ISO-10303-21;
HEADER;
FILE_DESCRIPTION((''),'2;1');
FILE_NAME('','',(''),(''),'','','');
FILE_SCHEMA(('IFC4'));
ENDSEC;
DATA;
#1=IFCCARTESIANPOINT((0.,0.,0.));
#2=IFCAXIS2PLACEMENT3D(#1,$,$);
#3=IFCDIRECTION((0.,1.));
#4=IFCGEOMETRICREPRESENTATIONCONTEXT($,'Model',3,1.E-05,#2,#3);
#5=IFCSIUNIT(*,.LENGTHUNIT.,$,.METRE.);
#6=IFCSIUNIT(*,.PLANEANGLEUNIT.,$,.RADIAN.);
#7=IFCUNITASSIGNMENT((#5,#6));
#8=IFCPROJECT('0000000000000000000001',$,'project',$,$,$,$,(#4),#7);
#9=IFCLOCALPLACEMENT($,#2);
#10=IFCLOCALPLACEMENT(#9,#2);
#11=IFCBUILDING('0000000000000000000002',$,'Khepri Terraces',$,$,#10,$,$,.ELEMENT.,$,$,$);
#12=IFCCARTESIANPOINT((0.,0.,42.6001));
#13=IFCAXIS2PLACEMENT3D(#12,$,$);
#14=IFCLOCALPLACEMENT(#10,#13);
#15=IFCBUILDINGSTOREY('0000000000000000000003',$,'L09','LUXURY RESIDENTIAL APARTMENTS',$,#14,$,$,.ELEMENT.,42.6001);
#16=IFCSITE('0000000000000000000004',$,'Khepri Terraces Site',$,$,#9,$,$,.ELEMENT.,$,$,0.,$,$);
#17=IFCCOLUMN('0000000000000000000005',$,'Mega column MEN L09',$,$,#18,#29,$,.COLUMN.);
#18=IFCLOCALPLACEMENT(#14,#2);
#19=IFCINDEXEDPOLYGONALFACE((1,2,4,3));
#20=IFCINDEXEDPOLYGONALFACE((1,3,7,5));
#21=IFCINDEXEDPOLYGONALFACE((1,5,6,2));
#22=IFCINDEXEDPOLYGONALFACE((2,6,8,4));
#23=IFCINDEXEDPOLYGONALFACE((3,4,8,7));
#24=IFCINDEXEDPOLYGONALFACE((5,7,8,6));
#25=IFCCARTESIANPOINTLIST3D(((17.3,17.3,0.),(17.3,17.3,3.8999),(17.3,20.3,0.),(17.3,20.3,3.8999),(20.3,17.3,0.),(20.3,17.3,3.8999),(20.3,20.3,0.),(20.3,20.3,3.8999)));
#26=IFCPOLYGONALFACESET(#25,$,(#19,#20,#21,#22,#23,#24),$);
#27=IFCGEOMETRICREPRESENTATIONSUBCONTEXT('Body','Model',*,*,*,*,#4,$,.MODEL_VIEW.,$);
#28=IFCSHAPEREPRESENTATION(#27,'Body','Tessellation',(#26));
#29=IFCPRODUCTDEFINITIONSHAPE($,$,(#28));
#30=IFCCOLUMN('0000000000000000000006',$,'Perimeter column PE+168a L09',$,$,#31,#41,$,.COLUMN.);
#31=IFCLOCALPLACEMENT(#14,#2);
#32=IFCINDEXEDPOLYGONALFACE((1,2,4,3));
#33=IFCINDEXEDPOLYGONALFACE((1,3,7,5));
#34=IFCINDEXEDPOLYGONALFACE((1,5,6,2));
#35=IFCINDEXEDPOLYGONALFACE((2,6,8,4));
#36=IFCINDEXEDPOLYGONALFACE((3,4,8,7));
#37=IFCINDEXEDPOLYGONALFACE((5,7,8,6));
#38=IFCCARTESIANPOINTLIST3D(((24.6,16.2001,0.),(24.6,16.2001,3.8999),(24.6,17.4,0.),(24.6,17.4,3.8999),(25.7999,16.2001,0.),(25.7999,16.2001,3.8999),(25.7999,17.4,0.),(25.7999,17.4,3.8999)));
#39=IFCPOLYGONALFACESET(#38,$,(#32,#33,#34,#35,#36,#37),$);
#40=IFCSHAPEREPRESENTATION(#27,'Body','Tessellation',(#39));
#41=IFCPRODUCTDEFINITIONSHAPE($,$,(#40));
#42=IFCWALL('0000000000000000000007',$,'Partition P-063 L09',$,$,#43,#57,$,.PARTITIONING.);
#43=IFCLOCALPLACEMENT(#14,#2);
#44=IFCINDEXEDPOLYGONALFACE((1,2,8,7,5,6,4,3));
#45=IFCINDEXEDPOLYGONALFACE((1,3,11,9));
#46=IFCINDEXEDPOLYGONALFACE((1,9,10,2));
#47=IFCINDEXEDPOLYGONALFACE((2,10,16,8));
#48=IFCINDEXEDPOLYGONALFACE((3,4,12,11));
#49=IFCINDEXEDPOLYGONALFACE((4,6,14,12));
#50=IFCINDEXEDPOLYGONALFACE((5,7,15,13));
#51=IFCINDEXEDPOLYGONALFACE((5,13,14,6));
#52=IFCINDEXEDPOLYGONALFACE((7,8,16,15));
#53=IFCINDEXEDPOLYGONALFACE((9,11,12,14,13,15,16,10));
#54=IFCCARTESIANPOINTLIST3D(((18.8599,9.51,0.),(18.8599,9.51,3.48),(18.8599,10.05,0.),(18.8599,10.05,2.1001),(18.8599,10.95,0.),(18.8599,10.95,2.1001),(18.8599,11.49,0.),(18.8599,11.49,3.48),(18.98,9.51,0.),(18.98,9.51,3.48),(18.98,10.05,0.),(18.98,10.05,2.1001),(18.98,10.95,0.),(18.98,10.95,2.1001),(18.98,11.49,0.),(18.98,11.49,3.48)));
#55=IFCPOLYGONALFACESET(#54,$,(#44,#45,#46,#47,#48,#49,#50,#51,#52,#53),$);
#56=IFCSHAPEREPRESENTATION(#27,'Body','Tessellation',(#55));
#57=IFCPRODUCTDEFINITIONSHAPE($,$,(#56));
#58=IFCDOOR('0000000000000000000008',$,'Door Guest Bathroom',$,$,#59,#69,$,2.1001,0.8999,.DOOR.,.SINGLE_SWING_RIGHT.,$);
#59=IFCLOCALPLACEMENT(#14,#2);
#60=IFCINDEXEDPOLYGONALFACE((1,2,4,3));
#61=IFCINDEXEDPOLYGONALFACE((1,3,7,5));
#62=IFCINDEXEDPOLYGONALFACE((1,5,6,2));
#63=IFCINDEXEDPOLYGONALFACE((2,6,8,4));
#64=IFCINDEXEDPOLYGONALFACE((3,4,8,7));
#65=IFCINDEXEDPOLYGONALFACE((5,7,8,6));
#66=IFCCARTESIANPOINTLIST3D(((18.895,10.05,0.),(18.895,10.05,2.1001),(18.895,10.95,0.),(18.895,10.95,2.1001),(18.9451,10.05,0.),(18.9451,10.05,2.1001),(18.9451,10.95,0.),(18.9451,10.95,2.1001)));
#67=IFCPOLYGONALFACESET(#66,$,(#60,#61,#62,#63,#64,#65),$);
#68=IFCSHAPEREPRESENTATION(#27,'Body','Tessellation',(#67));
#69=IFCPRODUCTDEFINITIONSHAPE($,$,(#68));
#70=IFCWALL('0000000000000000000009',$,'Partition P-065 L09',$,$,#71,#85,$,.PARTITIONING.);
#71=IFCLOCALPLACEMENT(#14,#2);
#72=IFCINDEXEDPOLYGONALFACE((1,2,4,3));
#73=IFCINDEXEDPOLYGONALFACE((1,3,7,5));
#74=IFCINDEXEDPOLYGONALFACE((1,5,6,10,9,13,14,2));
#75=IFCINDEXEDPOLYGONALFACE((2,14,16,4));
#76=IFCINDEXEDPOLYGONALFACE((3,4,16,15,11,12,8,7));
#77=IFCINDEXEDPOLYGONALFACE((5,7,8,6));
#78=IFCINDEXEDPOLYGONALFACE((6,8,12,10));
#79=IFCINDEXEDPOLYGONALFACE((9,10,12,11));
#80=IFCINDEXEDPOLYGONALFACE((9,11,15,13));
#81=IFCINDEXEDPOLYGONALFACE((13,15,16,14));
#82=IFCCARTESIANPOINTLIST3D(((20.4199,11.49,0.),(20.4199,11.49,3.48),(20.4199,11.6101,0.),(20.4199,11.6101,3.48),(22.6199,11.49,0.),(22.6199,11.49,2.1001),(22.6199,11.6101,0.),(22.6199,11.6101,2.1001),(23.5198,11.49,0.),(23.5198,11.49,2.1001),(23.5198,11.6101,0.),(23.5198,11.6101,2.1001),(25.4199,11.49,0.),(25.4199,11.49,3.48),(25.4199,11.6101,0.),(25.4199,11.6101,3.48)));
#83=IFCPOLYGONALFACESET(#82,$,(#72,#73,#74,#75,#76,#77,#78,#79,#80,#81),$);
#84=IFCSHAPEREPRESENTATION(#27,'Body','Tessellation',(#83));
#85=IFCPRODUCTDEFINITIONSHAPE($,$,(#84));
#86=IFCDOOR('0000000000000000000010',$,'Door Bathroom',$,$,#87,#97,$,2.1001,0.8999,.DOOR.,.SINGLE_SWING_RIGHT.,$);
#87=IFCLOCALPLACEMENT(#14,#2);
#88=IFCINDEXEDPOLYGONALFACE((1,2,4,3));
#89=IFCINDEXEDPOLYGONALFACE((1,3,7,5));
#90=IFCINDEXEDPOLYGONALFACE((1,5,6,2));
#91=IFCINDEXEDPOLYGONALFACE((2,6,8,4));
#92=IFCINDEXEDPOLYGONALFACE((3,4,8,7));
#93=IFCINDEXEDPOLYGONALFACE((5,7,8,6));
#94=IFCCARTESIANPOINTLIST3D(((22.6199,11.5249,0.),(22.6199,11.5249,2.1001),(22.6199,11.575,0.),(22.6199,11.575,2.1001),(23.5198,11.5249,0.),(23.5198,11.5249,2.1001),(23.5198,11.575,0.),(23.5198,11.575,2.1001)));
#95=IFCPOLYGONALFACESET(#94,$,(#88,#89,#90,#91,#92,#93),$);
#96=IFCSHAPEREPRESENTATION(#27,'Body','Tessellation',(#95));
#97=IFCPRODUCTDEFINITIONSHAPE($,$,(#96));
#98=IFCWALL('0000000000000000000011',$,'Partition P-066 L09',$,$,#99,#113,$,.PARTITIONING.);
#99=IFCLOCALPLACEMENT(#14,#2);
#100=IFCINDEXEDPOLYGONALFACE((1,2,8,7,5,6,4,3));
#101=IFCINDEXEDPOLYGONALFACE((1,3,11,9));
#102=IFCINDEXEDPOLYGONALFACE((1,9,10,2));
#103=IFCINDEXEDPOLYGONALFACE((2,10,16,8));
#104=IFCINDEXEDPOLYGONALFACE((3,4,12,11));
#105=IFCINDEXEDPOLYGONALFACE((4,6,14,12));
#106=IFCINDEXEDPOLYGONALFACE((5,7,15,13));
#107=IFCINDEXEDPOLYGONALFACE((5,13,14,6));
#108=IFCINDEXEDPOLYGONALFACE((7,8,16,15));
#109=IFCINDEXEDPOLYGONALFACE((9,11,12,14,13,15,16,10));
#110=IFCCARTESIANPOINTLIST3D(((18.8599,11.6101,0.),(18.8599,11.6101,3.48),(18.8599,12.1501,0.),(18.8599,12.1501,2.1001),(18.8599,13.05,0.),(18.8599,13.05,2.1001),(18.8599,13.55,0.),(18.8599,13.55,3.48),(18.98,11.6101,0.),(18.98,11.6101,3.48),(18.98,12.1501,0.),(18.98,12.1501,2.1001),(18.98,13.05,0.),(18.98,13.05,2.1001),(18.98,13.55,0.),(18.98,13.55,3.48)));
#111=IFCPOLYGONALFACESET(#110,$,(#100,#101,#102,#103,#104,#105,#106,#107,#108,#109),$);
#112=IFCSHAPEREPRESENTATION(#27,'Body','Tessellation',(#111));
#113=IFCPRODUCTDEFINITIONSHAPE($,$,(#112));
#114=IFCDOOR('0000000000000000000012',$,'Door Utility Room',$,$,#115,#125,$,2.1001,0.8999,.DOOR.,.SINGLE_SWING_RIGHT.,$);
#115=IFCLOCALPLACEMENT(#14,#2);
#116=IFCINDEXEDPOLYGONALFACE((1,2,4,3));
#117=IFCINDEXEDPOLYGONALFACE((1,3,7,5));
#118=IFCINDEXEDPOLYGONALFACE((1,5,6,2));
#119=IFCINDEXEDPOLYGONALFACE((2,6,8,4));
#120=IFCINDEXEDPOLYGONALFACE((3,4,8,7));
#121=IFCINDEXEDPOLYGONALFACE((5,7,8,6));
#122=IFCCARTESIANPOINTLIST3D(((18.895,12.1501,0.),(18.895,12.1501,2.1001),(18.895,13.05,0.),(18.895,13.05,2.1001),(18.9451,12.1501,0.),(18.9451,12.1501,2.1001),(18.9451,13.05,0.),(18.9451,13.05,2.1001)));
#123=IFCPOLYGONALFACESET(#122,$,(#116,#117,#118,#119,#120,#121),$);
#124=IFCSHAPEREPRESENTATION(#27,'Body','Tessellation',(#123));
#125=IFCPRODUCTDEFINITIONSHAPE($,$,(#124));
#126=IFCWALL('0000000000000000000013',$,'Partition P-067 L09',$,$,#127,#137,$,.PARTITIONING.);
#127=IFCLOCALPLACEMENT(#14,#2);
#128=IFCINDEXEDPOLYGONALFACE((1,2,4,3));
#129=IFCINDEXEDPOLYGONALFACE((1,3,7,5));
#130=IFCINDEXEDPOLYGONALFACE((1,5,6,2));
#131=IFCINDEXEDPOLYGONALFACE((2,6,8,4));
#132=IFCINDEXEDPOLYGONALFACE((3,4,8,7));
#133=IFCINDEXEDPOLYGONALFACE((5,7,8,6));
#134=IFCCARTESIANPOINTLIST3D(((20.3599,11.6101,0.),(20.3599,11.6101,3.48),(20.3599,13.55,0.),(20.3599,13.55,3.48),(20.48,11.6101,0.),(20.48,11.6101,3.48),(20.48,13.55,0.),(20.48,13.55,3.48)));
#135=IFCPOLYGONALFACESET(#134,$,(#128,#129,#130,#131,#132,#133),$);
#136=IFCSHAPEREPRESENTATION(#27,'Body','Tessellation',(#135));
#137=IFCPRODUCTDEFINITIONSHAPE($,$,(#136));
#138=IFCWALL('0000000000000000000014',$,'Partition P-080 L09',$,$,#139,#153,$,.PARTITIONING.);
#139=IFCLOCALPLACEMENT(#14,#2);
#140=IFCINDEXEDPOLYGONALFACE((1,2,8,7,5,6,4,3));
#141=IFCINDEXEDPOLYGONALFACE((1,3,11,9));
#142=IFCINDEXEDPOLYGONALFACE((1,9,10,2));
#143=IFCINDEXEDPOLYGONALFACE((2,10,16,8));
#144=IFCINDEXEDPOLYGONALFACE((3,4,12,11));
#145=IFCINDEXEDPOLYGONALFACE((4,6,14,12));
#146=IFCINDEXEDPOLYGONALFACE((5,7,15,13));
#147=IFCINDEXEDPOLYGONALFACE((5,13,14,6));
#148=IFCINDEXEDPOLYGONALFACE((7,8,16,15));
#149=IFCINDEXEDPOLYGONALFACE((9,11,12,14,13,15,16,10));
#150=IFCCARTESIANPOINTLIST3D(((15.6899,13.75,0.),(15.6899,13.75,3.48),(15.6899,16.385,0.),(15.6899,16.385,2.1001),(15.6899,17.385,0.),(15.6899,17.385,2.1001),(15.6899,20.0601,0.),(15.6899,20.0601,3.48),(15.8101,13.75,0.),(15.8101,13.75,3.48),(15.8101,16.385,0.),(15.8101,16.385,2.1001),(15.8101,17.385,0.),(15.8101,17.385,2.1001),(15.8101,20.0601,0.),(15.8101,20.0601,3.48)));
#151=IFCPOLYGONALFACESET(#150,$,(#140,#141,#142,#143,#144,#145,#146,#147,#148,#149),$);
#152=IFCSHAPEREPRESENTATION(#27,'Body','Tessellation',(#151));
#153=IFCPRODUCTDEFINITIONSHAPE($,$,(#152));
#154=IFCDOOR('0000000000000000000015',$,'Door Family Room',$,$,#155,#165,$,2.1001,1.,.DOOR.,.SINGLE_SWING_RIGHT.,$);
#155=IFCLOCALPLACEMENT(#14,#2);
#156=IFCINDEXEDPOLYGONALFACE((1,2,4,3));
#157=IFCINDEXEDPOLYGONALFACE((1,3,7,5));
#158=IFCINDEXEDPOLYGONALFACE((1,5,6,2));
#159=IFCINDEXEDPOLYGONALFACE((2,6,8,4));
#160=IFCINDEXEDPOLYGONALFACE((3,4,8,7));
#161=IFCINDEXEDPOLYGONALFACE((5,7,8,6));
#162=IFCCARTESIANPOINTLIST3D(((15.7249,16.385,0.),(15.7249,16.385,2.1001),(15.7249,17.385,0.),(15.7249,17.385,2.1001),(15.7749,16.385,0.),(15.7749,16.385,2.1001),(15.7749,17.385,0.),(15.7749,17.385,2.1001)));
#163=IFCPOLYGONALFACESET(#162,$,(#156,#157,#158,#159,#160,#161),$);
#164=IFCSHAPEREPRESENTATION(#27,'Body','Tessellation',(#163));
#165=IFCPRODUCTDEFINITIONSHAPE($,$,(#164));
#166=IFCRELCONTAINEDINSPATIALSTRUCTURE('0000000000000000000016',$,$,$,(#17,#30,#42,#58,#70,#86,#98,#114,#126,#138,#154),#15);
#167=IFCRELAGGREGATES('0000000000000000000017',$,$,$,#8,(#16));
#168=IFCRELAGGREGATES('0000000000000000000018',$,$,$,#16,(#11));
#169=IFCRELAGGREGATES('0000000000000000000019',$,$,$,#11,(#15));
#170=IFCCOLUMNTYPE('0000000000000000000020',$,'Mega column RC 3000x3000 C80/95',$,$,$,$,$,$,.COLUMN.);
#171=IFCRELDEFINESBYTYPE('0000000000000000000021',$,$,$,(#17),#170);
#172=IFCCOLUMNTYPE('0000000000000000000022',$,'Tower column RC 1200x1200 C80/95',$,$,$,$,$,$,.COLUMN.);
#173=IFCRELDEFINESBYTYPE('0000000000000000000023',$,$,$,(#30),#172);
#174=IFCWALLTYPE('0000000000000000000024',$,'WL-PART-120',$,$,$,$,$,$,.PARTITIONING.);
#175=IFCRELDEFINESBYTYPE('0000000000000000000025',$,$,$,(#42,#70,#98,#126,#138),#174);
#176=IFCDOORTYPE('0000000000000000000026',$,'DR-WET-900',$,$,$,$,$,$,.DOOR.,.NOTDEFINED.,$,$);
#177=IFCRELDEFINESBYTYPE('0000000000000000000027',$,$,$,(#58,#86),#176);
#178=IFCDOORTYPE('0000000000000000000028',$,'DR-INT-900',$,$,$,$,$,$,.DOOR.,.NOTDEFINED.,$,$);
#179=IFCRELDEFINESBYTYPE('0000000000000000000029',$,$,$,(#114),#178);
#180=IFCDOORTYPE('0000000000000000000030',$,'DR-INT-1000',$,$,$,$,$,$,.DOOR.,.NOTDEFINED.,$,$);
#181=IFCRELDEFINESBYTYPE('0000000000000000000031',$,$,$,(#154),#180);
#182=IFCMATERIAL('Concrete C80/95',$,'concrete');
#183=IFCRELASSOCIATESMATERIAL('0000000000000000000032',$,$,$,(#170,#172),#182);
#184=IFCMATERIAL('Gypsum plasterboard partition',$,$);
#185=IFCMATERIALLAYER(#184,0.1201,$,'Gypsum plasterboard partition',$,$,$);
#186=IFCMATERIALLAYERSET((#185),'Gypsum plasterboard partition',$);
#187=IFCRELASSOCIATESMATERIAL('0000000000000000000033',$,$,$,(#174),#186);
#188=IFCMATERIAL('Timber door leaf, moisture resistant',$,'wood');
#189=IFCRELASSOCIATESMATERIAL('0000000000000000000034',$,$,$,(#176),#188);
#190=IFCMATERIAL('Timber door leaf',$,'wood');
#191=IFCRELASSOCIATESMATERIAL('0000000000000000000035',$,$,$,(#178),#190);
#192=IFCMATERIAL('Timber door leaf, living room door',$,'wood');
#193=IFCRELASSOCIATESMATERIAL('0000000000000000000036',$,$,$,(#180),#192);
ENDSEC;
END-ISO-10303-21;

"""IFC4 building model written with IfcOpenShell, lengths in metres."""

from ifc_helpers import new_model, si_unit, direction, frame, frame_2d, origin, origin_2d, place, context, subcontext, project, spatial, rectangle, extrude, material, layer, layer_set, material_profile, profile_set, type_object, element, fill, save


model = new_model("IFC4")

# Units and contexts
model_context = context("Model", 3, precision=1e-05, world=origin(), true_north=direction((0.0, 1.0)))
body_context = subcontext(model_context, "Body", "Model", "MODEL_VIEW")
ifc_project = project(units=[si_unit("LENGTHUNIT", "METRE"), si_unit("PLANEANGLEUNIT", "RADIAN")], contexts=[model_context])

# Site, building, storey
site_placement = place(None, origin())
site = spatial("IfcSite", under=ifc_project, at=site_placement, Name="Khepri Terraces Site", CompositionType="ELEMENT", RefElevation=0.0)
building_placement = place(site_placement, origin())
building = spatial("IfcBuilding", under=site, at=building_placement, Name="Khepri Terraces", CompositionType="ELEMENT")
storey_placement = place(building_placement, frame((0.0, 0.0, 42.6001)))
storey = spatial("IfcBuildingStorey", under=building, at=storey_placement, Name="L09", Description="LUXURY RESIDENTIAL APARTMENTS", CompositionType="ELEMENT", Elevation=42.6001)

# Columns
ifc_material_1 = material(Name="Concrete C80/95", Category="concrete")
ifc_material_profile_1 = material_profile(ifc_material_1, rectangle(XDim=3.0, YDim=3.0, at=origin_2d()), Name="Concrete C80/95", Category="concrete")
ifc_profile_set_1 = profile_set([ifc_material_profile_1], Name="Concrete C80/95")
column_type_1 = type_object("IfcColumnType", Name="Mega column RC 3000x3000 C80/95", PredefinedType="COLUMN", material=ifc_profile_set_1)
column_1_placement = place(storey_placement, frame((18.8, 18.8, 0.0), z_axis=(0.0, 0.0, 1.0), x_axis=(1.0, 0.0, 0.0)))
element("IfcColumn", 1, at=column_1_placement, inside=storey, type_object=column_type_1, Name="Mega column MEN L09", PredefinedType="COLUMN", context=body_context, shape_type="SweptSolid", body=[
    extrude(rectangle(XDim=3.0, YDim=3.0, at=origin_2d()), origin(), (0.0, 0.0, 1.0), 3.8999),
])
ifc_material_profile_2 = material_profile(ifc_material_1, rectangle(XDim=1.2, YDim=1.2, at=origin_2d()), Name="Concrete C80/95", Category="concrete")
ifc_profile_set_2 = profile_set([ifc_material_profile_2], Name="Concrete C80/95")
column_type_2 = type_object("IfcColumnType", Name="Tower column RC 1200x1200 C80/95", PredefinedType="COLUMN", material=ifc_profile_set_2)
column_2_placement = place(storey_placement, frame((25.2, 16.8, 0.0), z_axis=(0.0, 0.0, 1.0), x_axis=(1.0, 0.0, 0.0)))
element("IfcColumn", 2, at=column_2_placement, inside=storey, type_object=column_type_2, Name="Perimeter column PE+168a L09", PredefinedType="COLUMN", context=body_context, shape_type="SweptSolid", body=[
    extrude(rectangle(XDim=1.2, YDim=1.2, at=origin_2d()), origin(), (0.0, 0.0, 1.0), 3.8999),
])

# Walls, openings, doors
ifc_material_2 = material(Name="Gypsum plasterboard partition")
ifc_layer_1 = layer(ifc_material_2, 0.1201, Name="Gypsum plasterboard partition")
ifc_layer_set_1 = layer_set([ifc_layer_1], Name="Gypsum plasterboard partition")
wall_type_1 = type_object("IfcWallType", Name="WL-PART-120", PredefinedType="PARTITIONING", material=ifc_layer_set_1)
wall_1_placement = place(storey_placement, frame((18.9199, 9.51, 0.0), z_axis=(0.0, 0.0, 1.0), x_axis=(0.0, 1.0, 0.0)))
wall_1 = element("IfcWall", 3, at=wall_1_placement, inside=storey, type_object=wall_type_1, Name="Partition P-063 L09", PredefinedType="PARTITIONING", context=body_context, shape_type="SweptSolid", body=[
    extrude(rectangle(XDim=1.98, YDim=0.1201, at=frame_2d((0.99, 0.0))), origin(), (0.0, 0.0, 1.0), 3.48),
])
opening_1_placement = place(wall_1_placement, frame((0.54, 0.0, 0.0)))
opening_1 = element("IfcOpeningElement", 4, at=opening_1_placement, cuts=wall_1, PredefinedType="OPENING", context=body_context, shape_type="SweptSolid", body=[
    extrude(rectangle(XDim=0.8999, YDim=2.1001, at=frame_2d((0.45, 1.05))), frame((0.0, 0.0701, 0.0), z_axis=(0.0, -1.0, 0.0), x_axis=(1.0, 0.0, 0.0)), (0.0, 0.0, 1.0), 0.1401),
])
ifc_material_3 = material(Name="Timber door leaf, moisture resistant", Category="wood")
door_type_1 = type_object("IfcDoorType", Name="DR-WET-900", OperationType="NOTDEFINED", PredefinedType="DOOR", material=ifc_material_3)
door_1_placement = place(opening_1_placement, origin())
door_1 = element("IfcDoor", 5, at=door_1_placement, inside=storey, type_object=door_type_1, Name="Door Guest Bathroom", OperationType="SINGLE_SWING_RIGHT", OverallHeight=2.1001, OverallWidth=0.8999, PredefinedType="DOOR", context=body_context, shape_type="SweptSolid", body=[
    extrude(rectangle(XDim=0.8999, YDim=2.1001, at=frame_2d((0.45, 1.05))), frame((0.0, 0.0249, 0.0), z_axis=(0.0, -1.0, 0.0), x_axis=(1.0, 0.0, 0.0)), (0.0, 0.0, 1.0), 0.05),
])
fill(opening_1, door_1)
wall_2_placement = place(storey_placement, frame((20.4199, 11.55, 0.0), z_axis=(0.0, 0.0, 1.0), x_axis=(1.0, 0.0, 0.0)))
wall_2 = element("IfcWall", 6, at=wall_2_placement, inside=storey, type_object=wall_type_1, Name="Partition P-065 L09", PredefinedType="PARTITIONING", context=body_context, shape_type="SweptSolid", body=[
    extrude(rectangle(XDim=5.0, YDim=0.1201, at=frame_2d((2.5, 0.0))), origin(), (0.0, 0.0, 1.0), 3.48),
])
opening_2_placement = place(wall_2_placement, frame((2.2, 0.0, 0.0)))
opening_2 = element("IfcOpeningElement", 7, at=opening_2_placement, cuts=wall_2, PredefinedType="OPENING", context=body_context, shape_type="SweptSolid", body=[
    extrude(rectangle(XDim=0.8999, YDim=2.1001, at=frame_2d((0.45, 1.05))), frame((0.0, 0.0701, 0.0), z_axis=(0.0, -1.0, 0.0), x_axis=(1.0, 0.0, 0.0)), (0.0, 0.0, 1.0), 0.1401),
])
door_2_placement = place(opening_2_placement, origin())
door_2 = element("IfcDoor", 8, at=door_2_placement, inside=storey, type_object=door_type_1, Name="Door Bathroom", OperationType="SINGLE_SWING_RIGHT", OverallHeight=2.1001, OverallWidth=0.8999, PredefinedType="DOOR", context=body_context, shape_type="SweptSolid", body=[
    extrude(rectangle(XDim=0.8999, YDim=2.1001, at=frame_2d((0.45, 1.05))), frame((0.0, 0.0249, 0.0), z_axis=(0.0, -1.0, 0.0), x_axis=(1.0, 0.0, 0.0)), (0.0, 0.0, 1.0), 0.05),
])
fill(opening_2, door_2)
wall_3_placement = place(storey_placement, frame((18.9199, 11.6101, 0.0), z_axis=(0.0, 0.0, 1.0), x_axis=(0.0, 1.0, 0.0)))
wall_3 = element("IfcWall", 9, at=wall_3_placement, inside=storey, type_object=wall_type_1, Name="Partition P-066 L09", PredefinedType="PARTITIONING", context=body_context, shape_type="SweptSolid", body=[
    extrude(rectangle(XDim=1.9399, YDim=0.1201, at=frame_2d((0.97, 0.0))), origin(), (0.0, 0.0, 1.0), 3.48),
])
opening_3_placement = place(wall_3_placement, frame((0.54, 0.0, 0.0)))
opening_3 = element("IfcOpeningElement", 10, at=opening_3_placement, cuts=wall_3, PredefinedType="OPENING", context=body_context, shape_type="SweptSolid", body=[
    extrude(rectangle(XDim=0.8999, YDim=2.1001, at=frame_2d((0.45, 1.05))), frame((0.0, 0.0701, 0.0), z_axis=(0.0, -1.0, 0.0), x_axis=(1.0, 0.0, 0.0)), (0.0, 0.0, 1.0), 0.1401),
])
ifc_material_4 = material(Name="Timber door leaf", Category="wood")
door_type_2 = type_object("IfcDoorType", Name="DR-INT-900", OperationType="NOTDEFINED", PredefinedType="DOOR", material=ifc_material_4)
door_3_placement = place(opening_3_placement, origin())
door_3 = element("IfcDoor", 11, at=door_3_placement, inside=storey, type_object=door_type_2, Name="Door Utility Room", OperationType="SINGLE_SWING_RIGHT", OverallHeight=2.1001, OverallWidth=0.8999, PredefinedType="DOOR", context=body_context, shape_type="SweptSolid", body=[
    extrude(rectangle(XDim=0.8999, YDim=2.1001, at=frame_2d((0.45, 1.05))), frame((0.0, 0.0249, 0.0), z_axis=(0.0, -1.0, 0.0), x_axis=(1.0, 0.0, 0.0)), (0.0, 0.0, 1.0), 0.05),
])
fill(opening_3, door_3)

# Wall
wall_4_placement = place(storey_placement, frame((20.4199, 11.6101, 0.0), z_axis=(0.0, 0.0, 1.0), x_axis=(0.0, 1.0, 0.0)))
element("IfcWall", 12, at=wall_4_placement, inside=storey, type_object=wall_type_1, Name="Partition P-067 L09", PredefinedType="PARTITIONING", context=body_context, shape_type="SweptSolid", body=[
    extrude(rectangle(XDim=1.9399, YDim=0.1201, at=frame_2d((0.97, 0.0))), origin(), (0.0, 0.0, 1.0), 3.48),
])

# Wall, opening, door
wall_5_placement = place(storey_placement, frame((15.75, 13.75, 0.0), z_axis=(0.0, 0.0, 1.0), x_axis=(0.0, 1.0, 0.0)))
wall_5 = element("IfcWall", 13, at=wall_5_placement, inside=storey, type_object=wall_type_1, Name="Partition P-080 L09", PredefinedType="PARTITIONING", context=body_context, shape_type="SweptSolid", body=[
    extrude(rectangle(XDim=6.3101, YDim=0.1201, at=frame_2d((3.155, 0.0))), origin(), (0.0, 0.0, 1.0), 3.48),
])
opening_4_placement = place(wall_5_placement, frame((2.635, 0.0, 0.0)))
opening_4 = element("IfcOpeningElement", 14, at=opening_4_placement, cuts=wall_5, PredefinedType="OPENING", context=body_context, shape_type="SweptSolid", body=[
    extrude(rectangle(XDim=1.0, YDim=2.1001, at=frame_2d((0.5, 1.05))), frame((0.0, 0.0701, 0.0), z_axis=(0.0, -1.0, 0.0), x_axis=(1.0, 0.0, 0.0)), (0.0, 0.0, 1.0), 0.1401),
])
ifc_material_5 = material(Name="Timber door leaf, living room door", Category="wood")
door_type_3 = type_object("IfcDoorType", Name="DR-INT-1000", OperationType="NOTDEFINED", PredefinedType="DOOR", material=ifc_material_5)
door_4_placement = place(opening_4_placement, frame((1.0, 0.0, 0.0), z_axis=(0.0, 0.0, 1.0), x_axis=(-1.0, 0.0, 0.0)))
door_4 = element("IfcDoor", 15, at=door_4_placement, inside=storey, type_object=door_type_3, Name="Door Family Room", OperationType="SINGLE_SWING_RIGHT", OverallHeight=2.1001, OverallWidth=1.0, PredefinedType="DOOR", context=body_context, shape_type="SweptSolid", body=[
    extrude(rectangle(XDim=1.0, YDim=2.1001, at=frame_2d((0.5, 1.05))), frame((0.0, 0.0249, 0.0), z_axis=(0.0, -1.0, 0.0), x_axis=(1.0, 0.0, 0.0)), (0.0, 0.0, 1.0), 0.05),
])
fill(opening_4, door_4)

save(model, "model.ifc")
